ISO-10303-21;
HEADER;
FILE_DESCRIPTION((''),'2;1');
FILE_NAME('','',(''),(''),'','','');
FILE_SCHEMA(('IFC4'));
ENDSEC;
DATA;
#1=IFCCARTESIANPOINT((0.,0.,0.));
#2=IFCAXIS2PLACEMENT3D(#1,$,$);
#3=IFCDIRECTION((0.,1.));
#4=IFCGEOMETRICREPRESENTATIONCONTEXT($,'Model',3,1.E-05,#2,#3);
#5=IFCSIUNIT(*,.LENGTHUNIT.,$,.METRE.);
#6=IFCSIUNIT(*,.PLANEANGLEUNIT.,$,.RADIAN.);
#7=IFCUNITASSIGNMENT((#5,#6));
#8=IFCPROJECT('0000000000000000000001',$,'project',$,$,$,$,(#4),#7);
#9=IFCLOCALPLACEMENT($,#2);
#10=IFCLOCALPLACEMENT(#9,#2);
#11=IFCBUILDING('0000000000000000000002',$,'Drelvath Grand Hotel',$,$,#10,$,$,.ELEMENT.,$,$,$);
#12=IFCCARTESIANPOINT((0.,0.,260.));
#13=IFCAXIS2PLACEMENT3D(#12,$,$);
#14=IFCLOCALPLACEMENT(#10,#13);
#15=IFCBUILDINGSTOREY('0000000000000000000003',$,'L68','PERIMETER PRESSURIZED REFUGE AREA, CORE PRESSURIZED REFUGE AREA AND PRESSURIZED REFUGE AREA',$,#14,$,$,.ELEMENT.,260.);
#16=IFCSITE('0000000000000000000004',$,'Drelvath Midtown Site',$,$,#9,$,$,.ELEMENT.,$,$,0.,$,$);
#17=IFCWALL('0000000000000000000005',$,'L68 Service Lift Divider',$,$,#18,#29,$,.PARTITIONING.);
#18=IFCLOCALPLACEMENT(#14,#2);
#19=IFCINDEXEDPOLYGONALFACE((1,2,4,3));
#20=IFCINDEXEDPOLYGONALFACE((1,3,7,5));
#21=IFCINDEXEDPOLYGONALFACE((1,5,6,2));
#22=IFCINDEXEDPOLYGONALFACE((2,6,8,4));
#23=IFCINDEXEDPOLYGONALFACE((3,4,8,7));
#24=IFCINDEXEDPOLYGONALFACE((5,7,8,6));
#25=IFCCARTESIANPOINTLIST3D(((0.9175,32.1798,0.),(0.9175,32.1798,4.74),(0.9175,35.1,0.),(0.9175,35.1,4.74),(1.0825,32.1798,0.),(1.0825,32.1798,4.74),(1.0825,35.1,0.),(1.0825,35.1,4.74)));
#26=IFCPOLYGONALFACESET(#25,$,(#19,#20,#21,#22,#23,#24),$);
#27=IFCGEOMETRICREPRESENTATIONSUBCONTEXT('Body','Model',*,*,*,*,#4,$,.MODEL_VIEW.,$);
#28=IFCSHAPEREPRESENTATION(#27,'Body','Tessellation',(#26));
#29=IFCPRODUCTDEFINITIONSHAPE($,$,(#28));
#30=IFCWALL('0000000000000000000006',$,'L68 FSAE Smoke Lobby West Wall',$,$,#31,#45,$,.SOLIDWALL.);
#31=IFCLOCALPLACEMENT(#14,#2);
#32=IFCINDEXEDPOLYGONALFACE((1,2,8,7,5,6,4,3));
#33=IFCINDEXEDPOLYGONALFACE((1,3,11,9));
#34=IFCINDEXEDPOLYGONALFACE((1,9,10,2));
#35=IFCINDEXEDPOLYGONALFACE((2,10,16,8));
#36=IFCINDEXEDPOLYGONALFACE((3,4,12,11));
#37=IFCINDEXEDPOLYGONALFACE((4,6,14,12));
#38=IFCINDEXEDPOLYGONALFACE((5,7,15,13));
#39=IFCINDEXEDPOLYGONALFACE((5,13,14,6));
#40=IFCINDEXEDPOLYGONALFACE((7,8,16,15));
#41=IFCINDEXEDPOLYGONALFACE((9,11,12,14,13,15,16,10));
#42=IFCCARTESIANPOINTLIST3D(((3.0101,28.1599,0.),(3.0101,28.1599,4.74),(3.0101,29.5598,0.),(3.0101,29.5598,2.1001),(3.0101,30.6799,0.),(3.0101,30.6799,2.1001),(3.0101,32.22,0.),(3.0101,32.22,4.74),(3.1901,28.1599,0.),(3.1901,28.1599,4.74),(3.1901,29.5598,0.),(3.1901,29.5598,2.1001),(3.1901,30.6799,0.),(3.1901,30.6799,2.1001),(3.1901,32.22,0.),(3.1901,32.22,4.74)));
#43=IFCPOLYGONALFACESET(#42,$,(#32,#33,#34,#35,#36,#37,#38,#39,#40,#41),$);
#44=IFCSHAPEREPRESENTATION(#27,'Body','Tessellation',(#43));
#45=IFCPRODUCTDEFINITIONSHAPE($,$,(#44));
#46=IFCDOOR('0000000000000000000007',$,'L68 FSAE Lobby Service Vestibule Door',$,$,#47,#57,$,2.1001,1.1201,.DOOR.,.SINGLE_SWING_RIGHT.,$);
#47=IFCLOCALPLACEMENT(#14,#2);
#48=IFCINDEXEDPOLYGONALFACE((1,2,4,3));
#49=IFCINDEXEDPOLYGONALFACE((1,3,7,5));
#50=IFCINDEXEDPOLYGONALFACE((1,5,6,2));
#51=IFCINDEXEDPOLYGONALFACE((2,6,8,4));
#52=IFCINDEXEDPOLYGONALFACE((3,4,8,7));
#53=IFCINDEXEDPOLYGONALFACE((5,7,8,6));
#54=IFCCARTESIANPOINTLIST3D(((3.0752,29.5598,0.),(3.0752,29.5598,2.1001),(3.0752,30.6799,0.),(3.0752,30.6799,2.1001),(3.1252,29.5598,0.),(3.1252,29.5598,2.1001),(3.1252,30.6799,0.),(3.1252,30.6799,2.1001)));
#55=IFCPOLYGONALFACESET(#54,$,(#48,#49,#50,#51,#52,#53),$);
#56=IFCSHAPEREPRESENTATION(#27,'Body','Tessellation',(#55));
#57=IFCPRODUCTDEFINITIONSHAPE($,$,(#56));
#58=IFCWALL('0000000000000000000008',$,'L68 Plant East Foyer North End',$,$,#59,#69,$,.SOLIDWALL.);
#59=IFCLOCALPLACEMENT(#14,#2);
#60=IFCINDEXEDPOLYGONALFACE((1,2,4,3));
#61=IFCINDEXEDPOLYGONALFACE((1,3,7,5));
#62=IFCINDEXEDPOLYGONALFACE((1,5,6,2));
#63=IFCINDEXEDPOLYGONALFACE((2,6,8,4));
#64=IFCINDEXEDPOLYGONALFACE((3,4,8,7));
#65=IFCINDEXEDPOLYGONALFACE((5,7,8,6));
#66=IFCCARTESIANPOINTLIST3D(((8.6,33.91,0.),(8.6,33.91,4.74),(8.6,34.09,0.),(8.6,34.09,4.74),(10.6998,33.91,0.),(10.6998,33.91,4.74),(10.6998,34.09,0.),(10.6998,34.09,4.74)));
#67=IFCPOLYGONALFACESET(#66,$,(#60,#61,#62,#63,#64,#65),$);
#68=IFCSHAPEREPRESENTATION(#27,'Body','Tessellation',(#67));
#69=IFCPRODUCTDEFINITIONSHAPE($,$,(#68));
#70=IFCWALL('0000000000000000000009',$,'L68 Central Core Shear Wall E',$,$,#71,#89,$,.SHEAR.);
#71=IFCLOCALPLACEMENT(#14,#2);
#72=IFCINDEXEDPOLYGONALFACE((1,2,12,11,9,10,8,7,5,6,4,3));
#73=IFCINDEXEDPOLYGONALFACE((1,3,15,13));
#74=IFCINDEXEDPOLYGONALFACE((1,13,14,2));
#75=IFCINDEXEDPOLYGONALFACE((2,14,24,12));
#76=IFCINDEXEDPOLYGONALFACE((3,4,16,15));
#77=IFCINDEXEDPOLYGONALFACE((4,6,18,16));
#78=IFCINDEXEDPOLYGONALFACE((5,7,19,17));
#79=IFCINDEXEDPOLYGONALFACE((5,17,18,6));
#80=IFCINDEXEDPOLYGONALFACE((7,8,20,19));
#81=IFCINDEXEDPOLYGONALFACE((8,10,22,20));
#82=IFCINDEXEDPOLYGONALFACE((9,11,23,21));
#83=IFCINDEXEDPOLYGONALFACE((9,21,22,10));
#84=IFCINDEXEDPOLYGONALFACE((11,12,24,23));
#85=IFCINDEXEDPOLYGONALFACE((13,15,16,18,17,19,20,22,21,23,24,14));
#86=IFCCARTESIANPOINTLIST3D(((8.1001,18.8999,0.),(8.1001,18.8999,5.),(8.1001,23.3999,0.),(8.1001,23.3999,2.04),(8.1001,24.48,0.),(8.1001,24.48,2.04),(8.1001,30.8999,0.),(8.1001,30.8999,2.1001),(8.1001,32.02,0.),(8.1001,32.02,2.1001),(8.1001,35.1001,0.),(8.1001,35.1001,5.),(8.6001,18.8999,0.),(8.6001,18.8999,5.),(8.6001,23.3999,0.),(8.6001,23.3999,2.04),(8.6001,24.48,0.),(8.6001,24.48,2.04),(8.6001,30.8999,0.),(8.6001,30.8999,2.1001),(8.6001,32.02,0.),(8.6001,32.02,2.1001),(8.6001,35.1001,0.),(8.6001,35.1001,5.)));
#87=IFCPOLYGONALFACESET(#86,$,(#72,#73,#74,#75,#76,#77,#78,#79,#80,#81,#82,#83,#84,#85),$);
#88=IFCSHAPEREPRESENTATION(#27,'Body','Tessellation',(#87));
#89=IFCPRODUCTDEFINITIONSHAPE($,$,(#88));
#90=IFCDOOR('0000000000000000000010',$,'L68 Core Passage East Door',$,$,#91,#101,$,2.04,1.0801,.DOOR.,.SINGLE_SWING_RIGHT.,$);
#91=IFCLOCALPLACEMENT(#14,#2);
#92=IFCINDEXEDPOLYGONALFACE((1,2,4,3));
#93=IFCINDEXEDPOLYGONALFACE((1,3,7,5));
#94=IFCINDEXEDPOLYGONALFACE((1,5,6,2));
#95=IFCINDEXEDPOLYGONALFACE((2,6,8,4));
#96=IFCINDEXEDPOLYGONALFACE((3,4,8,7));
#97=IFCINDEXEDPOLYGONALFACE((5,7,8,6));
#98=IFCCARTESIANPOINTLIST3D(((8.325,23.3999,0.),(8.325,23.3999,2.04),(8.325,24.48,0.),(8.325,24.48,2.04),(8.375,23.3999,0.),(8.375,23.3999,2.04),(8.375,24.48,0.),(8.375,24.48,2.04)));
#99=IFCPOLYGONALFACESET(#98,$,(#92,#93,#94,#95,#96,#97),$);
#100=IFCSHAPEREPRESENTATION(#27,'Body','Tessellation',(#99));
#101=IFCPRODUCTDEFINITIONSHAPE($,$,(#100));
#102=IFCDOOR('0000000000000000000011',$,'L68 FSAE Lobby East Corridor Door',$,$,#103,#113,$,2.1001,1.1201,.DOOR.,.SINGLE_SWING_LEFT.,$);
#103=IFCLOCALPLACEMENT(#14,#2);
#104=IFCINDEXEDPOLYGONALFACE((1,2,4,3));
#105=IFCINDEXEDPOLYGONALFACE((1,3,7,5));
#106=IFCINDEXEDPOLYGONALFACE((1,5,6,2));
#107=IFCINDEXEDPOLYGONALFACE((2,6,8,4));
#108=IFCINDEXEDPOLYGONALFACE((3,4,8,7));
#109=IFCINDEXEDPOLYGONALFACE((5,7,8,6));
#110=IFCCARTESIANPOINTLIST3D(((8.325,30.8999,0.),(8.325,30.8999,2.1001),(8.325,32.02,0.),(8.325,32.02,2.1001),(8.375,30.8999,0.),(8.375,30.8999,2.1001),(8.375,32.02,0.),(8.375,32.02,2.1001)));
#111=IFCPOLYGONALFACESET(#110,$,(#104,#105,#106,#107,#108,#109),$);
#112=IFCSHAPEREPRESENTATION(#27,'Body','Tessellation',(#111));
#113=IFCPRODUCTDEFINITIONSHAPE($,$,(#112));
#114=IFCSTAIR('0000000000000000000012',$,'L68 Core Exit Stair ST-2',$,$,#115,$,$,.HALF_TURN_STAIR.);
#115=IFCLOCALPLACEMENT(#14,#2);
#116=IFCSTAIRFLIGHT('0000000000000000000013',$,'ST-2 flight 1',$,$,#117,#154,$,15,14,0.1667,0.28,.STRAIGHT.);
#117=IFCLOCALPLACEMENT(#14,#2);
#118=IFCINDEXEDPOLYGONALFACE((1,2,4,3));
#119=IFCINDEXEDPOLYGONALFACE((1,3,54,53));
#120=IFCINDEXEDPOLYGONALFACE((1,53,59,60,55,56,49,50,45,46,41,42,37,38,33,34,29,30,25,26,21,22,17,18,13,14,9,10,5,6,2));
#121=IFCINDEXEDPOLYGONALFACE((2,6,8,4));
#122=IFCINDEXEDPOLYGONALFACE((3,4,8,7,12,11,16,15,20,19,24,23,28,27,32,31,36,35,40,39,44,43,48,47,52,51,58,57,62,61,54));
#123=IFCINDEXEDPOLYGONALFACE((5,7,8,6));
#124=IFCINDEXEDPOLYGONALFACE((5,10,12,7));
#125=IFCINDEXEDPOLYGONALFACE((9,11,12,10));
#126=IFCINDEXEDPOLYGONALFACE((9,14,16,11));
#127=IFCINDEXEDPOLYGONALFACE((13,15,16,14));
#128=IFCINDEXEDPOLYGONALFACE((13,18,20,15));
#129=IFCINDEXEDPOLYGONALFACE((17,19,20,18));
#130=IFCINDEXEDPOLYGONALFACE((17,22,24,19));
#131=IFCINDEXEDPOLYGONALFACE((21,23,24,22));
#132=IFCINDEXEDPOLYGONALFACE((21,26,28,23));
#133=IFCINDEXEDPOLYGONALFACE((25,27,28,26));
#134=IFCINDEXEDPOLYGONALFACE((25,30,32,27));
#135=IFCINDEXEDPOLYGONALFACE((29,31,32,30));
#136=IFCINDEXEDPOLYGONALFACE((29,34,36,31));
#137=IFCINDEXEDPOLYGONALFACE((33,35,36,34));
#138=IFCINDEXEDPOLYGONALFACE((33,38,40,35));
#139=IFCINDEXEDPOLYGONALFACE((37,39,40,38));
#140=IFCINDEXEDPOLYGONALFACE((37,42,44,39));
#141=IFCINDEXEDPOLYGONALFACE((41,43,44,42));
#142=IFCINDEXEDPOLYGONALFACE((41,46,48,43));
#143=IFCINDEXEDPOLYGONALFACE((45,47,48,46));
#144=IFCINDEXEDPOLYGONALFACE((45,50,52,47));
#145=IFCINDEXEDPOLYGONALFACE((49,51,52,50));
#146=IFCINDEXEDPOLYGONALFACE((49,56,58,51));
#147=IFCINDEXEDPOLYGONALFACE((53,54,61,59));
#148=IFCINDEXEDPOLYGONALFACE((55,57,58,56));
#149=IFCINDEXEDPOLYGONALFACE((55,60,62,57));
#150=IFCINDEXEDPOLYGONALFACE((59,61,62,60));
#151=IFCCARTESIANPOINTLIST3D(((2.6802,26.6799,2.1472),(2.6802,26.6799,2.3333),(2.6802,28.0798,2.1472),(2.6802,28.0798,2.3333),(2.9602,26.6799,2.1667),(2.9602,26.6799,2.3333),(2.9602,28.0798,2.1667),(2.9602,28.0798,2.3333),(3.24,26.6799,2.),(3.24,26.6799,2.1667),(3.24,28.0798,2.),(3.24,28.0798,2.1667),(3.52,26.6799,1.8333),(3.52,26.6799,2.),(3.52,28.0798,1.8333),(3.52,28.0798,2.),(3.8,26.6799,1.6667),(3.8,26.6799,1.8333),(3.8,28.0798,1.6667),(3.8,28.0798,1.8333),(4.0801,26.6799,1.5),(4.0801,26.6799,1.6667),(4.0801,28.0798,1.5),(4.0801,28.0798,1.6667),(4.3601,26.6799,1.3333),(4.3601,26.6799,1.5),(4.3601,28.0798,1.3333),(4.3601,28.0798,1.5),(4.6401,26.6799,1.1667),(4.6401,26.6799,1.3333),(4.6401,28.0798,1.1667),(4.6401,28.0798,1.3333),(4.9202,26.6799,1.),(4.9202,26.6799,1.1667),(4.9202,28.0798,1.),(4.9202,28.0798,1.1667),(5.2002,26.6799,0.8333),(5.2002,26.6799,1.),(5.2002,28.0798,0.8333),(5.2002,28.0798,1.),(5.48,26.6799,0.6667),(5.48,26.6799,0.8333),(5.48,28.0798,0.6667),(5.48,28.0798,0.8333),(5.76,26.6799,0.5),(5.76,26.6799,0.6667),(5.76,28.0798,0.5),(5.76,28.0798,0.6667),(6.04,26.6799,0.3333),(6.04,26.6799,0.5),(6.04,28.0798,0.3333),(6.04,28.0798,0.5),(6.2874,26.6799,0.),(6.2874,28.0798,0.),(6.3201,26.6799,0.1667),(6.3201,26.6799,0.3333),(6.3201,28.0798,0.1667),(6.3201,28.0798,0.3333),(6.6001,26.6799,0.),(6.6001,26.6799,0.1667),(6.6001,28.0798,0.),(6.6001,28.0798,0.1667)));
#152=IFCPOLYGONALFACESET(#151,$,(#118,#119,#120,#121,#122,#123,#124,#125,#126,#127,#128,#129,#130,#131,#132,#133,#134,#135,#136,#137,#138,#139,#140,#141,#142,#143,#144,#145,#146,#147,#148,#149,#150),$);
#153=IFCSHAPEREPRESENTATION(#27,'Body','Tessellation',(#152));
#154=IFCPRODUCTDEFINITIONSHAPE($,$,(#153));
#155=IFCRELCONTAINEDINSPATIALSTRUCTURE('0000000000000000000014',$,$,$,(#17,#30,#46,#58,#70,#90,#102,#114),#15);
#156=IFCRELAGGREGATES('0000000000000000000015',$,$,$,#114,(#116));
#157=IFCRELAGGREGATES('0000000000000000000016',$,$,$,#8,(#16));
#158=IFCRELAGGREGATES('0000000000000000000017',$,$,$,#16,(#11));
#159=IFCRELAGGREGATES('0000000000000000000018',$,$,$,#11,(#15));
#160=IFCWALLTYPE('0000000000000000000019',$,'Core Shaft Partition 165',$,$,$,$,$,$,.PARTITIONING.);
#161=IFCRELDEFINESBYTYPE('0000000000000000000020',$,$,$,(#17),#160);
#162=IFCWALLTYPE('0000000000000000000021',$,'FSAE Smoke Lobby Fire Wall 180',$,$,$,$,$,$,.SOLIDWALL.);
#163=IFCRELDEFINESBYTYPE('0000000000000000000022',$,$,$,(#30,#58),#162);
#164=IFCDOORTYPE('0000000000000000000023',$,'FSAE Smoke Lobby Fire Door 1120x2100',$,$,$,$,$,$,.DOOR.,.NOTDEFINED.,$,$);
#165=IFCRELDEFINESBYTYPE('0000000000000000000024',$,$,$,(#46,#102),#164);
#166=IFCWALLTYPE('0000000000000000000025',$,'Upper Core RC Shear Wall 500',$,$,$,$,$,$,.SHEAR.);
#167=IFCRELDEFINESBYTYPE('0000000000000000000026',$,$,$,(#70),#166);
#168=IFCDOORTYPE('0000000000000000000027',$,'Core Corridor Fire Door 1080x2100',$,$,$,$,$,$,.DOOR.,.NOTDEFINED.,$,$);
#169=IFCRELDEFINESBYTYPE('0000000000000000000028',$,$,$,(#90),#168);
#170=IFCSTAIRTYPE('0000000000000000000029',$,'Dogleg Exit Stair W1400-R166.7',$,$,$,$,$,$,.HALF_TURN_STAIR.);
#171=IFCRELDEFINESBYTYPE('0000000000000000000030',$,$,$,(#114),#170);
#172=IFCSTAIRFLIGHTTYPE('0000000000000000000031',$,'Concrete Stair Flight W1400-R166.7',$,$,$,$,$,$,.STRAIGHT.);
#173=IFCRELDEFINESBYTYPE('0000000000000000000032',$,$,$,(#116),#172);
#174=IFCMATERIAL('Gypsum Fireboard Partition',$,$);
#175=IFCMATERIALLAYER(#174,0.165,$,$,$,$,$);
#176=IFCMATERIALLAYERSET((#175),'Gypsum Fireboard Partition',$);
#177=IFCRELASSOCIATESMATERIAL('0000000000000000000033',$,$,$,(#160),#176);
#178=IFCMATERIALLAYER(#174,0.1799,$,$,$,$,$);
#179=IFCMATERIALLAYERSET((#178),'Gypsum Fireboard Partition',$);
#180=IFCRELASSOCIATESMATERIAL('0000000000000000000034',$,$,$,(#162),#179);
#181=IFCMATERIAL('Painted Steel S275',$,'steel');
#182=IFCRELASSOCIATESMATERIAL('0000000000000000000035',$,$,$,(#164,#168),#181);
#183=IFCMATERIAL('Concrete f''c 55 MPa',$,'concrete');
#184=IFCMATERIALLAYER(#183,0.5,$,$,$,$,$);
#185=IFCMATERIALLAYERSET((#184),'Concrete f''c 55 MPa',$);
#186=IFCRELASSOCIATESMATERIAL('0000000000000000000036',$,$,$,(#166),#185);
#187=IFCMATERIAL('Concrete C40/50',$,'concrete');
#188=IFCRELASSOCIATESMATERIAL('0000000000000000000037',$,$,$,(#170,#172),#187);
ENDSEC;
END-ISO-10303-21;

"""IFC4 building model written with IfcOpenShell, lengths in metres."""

from ifc_helpers import new_model, si_unit, direction, frame, frame_2d, origin, place, context, subcontext, project, spatial, polyline, rectangle, outline, extrude, material, layer, layer_set, type_object, element, fill, aggregate, save


model = new_model("IFC4")

# Units and contexts
model_context = context("Model", 3, precision=1e-05, world=origin(), true_north=direction((0.0, 1.0)))
body_context = subcontext(model_context, "Body", "Model", "MODEL_VIEW")
ifc_project = project(units=[si_unit("LENGTHUNIT", "METRE"), si_unit("PLANEANGLEUNIT", "RADIAN")], contexts=[model_context])

# Site, building, storey
site_placement = place(None, origin())
site = spatial("IfcSite", under=ifc_project, at=site_placement, Name="Drelvath Midtown Site", CompositionType="ELEMENT", RefElevation=0.0)
building_placement = place(site_placement, origin())
building = spatial("IfcBuilding", under=site, at=building_placement, Name="Drelvath Grand Hotel", CompositionType="ELEMENT")
storey_placement = place(building_placement, frame((0.0, 0.0, 260.0)))
storey = spatial("IfcBuildingStorey", under=building, at=storey_placement, Name="L68", Description="PERIMETER PRESSURIZED REFUGE AREA, CORE PRESSURIZED REFUGE AREA AND PRESSURIZED REFUGE AREA", CompositionType="ELEMENT", Elevation=260.0)

# Shared definitions
ifc_material_1 = material(Name="Concrete f'c 55 MPa", Category="concrete")

# Shared definitions
ifc_material_2 = material(Name="Concrete C40/50", Category="concrete")

# Shared definitions
ifc_material_3 = material(Name="Painted Steel S275", Category="steel")

# Wall
ifc_material_4 = material(Name="Gypsum Fireboard Partition")
ifc_layer_1 = layer(ifc_material_4, 0.165)
ifc_layer_set_1 = layer_set([ifc_layer_1], Name="Gypsum Fireboard Partition")
wall_type_1 = type_object("IfcWallType", Name="Core Shaft Partition 165", PredefinedType="PARTITIONING", material=ifc_layer_set_1)
wall_1_placement = place(storey_placement, frame((1.0, 32.1799, 0.0), z_axis=(0.0, 0.0, 1.0), x_axis=(0.0, 1.0, 0.0)))
element("IfcWall", 1, at=wall_1_placement, inside=storey, type_object=wall_type_1, Name="L68 Service Lift Divider", PredefinedType="PARTITIONING", context=body_context, shape_type="SweptSolid", body=[
    extrude(rectangle(XDim=2.9202, YDim=0.165, at=frame_2d((1.46, 0.0))), origin(), (0.0, 0.0, 1.0), 4.74),
])

# Wall, opening, door
ifc_layer_2 = layer(ifc_material_4, 0.1799)
ifc_layer_set_2 = layer_set([ifc_layer_2], Name="Gypsum Fireboard Partition")
wall_type_2 = type_object("IfcWallType", Name="FSAE Smoke Lobby Fire Wall 180", PredefinedType="SOLIDWALL", material=ifc_layer_set_2)
wall_2_placement = place(storey_placement, frame((3.1001, 28.1599, 0.0), z_axis=(0.0, 0.0, 1.0), x_axis=(0.0, 1.0, 0.0)))
wall_2 = element("IfcWall", 2, at=wall_2_placement, inside=storey, type_object=wall_type_2, Name="L68 FSAE Smoke Lobby West Wall", PredefinedType="SOLIDWALL", context=body_context, shape_type="SweptSolid", body=[
    extrude(rectangle(XDim=4.0601, YDim=0.1799, at=frame_2d((2.03, 0.0))), origin(), (0.0, 0.0, 1.0), 4.74),
])
opening_1_placement = place(wall_2_placement, frame((1.3999, 0.0, 0.0)))
opening_1 = element("IfcOpeningElement", 3, at=opening_1_placement, cuts=wall_2, PredefinedType="OPENING", context=body_context, shape_type="SweptSolid", body=[
    extrude(rectangle(XDim=1.1201, YDim=2.1001, at=frame_2d((0.5601, 1.05))), frame((0.0, 0.0999, 0.0), z_axis=(0.0, -1.0, 0.0), x_axis=(1.0, 0.0, 0.0)), (0.0, 0.0, 1.0), 0.2),
])
door_type_1 = type_object("IfcDoorType", Name="FSAE Smoke Lobby Fire Door 1120x2100", OperationType="NOTDEFINED", PredefinedType="DOOR", material=ifc_material_3)
door_1_placement = place(opening_1_placement, origin())
door_1 = element("IfcDoor", 4, at=door_1_placement, inside=storey, type_object=door_type_1, Name="L68 FSAE Lobby Service Vestibule Door", OperationType="SINGLE_SWING_RIGHT", OverallHeight=2.1001, OverallWidth=1.1201, PredefinedType="DOOR", context=body_context, shape_type="SweptSolid", body=[
    extrude(rectangle(XDim=1.1201, YDim=2.1001, at=frame_2d((0.5601, 1.05))), frame((0.0, 0.0249, 0.0), z_axis=(0.0, -1.0, 0.0), x_axis=(1.0, 0.0, 0.0)), (0.0, 0.0, 1.0), 0.05),
])
fill(opening_1, door_1)

# Wall
wall_3_placement = place(storey_placement, frame((8.6001, 34.0, 0.0), z_axis=(0.0, 0.0, 1.0), x_axis=(1.0, 0.0, 0.0)))
element("IfcWall", 5, at=wall_3_placement, inside=storey, type_object=wall_type_2, Name="L68 Plant East Foyer North End", PredefinedType="SOLIDWALL", context=body_context, shape_type="SweptSolid", body=[
    extrude(rectangle(XDim=2.0999, YDim=0.1799, at=frame_2d((1.0498, 0.0))), origin(), (0.0, 0.0, 1.0), 4.74),
])

# Wall, openings, doors
ifc_layer_3 = layer(ifc_material_1, 0.5)
ifc_layer_set_3 = layer_set([ifc_layer_3], Name="Concrete f'c 55 MPa")
wall_type_3 = type_object("IfcWallType", Name="Upper Core RC Shear Wall 500", PredefinedType="SHEAR", material=ifc_layer_set_3)
wall_4_placement = place(storey_placement, frame((8.3501, 35.1001, 0.0), z_axis=(0.0, 0.0, 1.0), x_axis=(0.0, -1.0, 0.0)))
wall_4 = element("IfcWall", 6, at=wall_4_placement, inside=storey, type_object=wall_type_3, Name="L68 Central Core Shear Wall E", PredefinedType="SHEAR", context=body_context, shape_type="SweptSolid", body=[
    extrude(rectangle(XDim=16.2002, YDim=0.5, at=frame_2d((8.1001, 0.0))), origin(), (0.0, 0.0, 1.0), 5.0),
])
opening_2_placement = place(wall_4_placement, frame((3.0801, 0.0, 0.0)))
opening_2 = element("IfcOpeningElement", 7, at=opening_2_placement, cuts=wall_4, PredefinedType="OPENING", context=body_context, shape_type="SweptSolid", body=[
    extrude(rectangle(XDim=1.1201, YDim=2.1001, at=frame_2d((0.5601, 1.05))), frame((0.0, 0.26, 0.0), z_axis=(0.0, -1.0, 0.0), x_axis=(1.0, 0.0, 0.0)), (0.0, 0.0, 1.0), 0.52),
])
opening_3_placement = place(wall_4_placement, frame((10.6201, 0.0, 0.0)))
opening_3 = element("IfcOpeningElement", 8, at=opening_3_placement, cuts=wall_4, PredefinedType="OPENING", context=body_context, shape_type="SweptSolid", body=[
    extrude(rectangle(XDim=1.0801, YDim=2.04, at=frame_2d((0.54, 1.02))), frame((0.0, 0.26, 0.0), z_axis=(0.0, -1.0, 0.0), x_axis=(1.0, 0.0, 0.0)), (0.0, 0.0, 1.0), 0.52),
])
door_type_2 = type_object("IfcDoorType", Name="Core Corridor Fire Door 1080x2100", OperationType="NOTDEFINED", PredefinedType="DOOR", material=ifc_material_3)
door_2_placement = place(opening_3_placement, origin())
door_2 = element("IfcDoor", 9, at=door_2_placement, inside=storey, type_object=door_type_2, Name="L68 Core Passage East Door", OperationType="SINGLE_SWING_RIGHT", OverallHeight=2.04, OverallWidth=1.0801, PredefinedType="DOOR", context=body_context, shape_type="SweptSolid", body=[
    extrude(rectangle(XDim=1.0801, YDim=2.04, at=frame_2d((0.54, 1.02))), frame((0.0, 0.0249, 0.0), z_axis=(0.0, -1.0, 0.0), x_axis=(1.0, 0.0, 0.0)), (0.0, 0.0, 1.0), 0.05),
])
fill(opening_3, door_2)
door_3_placement = place(opening_2_placement, origin())
door_3 = element("IfcDoor", 10, at=door_3_placement, inside=storey, type_object=door_type_1, Name="L68 FSAE Lobby East Corridor Door", OperationType="SINGLE_SWING_LEFT", OverallHeight=2.1001, OverallWidth=1.1201, PredefinedType="DOOR", context=body_context, shape_type="SweptSolid", body=[
    extrude(rectangle(XDim=1.1201, YDim=2.1001, at=frame_2d((0.5601, 1.05))), frame((0.0, 0.0249, 0.0), z_axis=(0.0, -1.0, 0.0), x_axis=(1.0, 0.0, 0.0)), (0.0, 0.0, 1.0), 0.05),
])
fill(opening_2, door_3)

# Stair, stair flight
stair_type = type_object("IfcStairType", Name="Dogleg Exit Stair W1400-R166.7", PredefinedType="HALF_TURN_STAIR", material=ifc_material_2)
stair_placement = place(storey_placement, origin())
stair = element("IfcStair", 11, at=stair_placement, inside=storey, type_object=stair_type, Name="L68 Core Exit Stair ST-2", PredefinedType="HALF_TURN_STAIR")
stair_flight_type = type_object("IfcStairFlightType", Name="Concrete Stair Flight W1400-R166.7", PredefinedType="STRAIGHT", material=ifc_material_2)
stair_flight_placement = place(storey_placement, frame((6.6001, 27.3799, 0.0), z_axis=(0.0, 0.0, 1.0), x_axis=(-1.0, 0.0, 0.0)))
stair_flight = element("IfcStairFlight", 12, at=stair_flight_placement, type_object=stair_flight_type, Name="ST-2 flight 1", NumberOfRisers=15, NumberOfTreads=14, PredefinedType="STRAIGHT", RiserHeight=0.1667, TreadLength=0.28, context=body_context, shape_type="SweptSolid", body=[
    extrude(outline(polyline([(0.0, 0.0), (0.0, 0.1667), (0.28, 0.1667), (0.28, 0.3333), (0.5601, 0.3333), (0.5601, 0.5), (0.8401, 0.5), (0.8401, 0.6667), (1.1201, 0.6667), (1.1201, 0.8333), (1.3999, 0.8333), (1.3999, 1.0), (1.6799, 1.0), (1.6799, 1.1667), (1.96, 1.1667), (1.96, 1.3333), (2.24, 1.3333), (2.24, 1.5), (2.52, 1.5), (2.52, 1.6667), (2.8, 1.6667), (2.8, 1.8333), (3.0801, 1.8333), (3.0801, 2.0), (3.3601, 2.0), (3.3601, 2.1667), (3.6399, 2.1667), (3.6399, 2.3333), (3.9199, 2.3333), (3.9199, 2.5), (3.9199, 2.1472), (0.3127, 0.0), (0.0, 0.0)])), frame((0.0, 0.7, 0.0), z_axis=(0.0, -1.0, 0.0), x_axis=(1.0, 0.0, 0.0)), (0.0, 0.0, 1.0), 1.3999),
])
aggregate(stair, [stair_flight])

save(model, "model.ifc")
